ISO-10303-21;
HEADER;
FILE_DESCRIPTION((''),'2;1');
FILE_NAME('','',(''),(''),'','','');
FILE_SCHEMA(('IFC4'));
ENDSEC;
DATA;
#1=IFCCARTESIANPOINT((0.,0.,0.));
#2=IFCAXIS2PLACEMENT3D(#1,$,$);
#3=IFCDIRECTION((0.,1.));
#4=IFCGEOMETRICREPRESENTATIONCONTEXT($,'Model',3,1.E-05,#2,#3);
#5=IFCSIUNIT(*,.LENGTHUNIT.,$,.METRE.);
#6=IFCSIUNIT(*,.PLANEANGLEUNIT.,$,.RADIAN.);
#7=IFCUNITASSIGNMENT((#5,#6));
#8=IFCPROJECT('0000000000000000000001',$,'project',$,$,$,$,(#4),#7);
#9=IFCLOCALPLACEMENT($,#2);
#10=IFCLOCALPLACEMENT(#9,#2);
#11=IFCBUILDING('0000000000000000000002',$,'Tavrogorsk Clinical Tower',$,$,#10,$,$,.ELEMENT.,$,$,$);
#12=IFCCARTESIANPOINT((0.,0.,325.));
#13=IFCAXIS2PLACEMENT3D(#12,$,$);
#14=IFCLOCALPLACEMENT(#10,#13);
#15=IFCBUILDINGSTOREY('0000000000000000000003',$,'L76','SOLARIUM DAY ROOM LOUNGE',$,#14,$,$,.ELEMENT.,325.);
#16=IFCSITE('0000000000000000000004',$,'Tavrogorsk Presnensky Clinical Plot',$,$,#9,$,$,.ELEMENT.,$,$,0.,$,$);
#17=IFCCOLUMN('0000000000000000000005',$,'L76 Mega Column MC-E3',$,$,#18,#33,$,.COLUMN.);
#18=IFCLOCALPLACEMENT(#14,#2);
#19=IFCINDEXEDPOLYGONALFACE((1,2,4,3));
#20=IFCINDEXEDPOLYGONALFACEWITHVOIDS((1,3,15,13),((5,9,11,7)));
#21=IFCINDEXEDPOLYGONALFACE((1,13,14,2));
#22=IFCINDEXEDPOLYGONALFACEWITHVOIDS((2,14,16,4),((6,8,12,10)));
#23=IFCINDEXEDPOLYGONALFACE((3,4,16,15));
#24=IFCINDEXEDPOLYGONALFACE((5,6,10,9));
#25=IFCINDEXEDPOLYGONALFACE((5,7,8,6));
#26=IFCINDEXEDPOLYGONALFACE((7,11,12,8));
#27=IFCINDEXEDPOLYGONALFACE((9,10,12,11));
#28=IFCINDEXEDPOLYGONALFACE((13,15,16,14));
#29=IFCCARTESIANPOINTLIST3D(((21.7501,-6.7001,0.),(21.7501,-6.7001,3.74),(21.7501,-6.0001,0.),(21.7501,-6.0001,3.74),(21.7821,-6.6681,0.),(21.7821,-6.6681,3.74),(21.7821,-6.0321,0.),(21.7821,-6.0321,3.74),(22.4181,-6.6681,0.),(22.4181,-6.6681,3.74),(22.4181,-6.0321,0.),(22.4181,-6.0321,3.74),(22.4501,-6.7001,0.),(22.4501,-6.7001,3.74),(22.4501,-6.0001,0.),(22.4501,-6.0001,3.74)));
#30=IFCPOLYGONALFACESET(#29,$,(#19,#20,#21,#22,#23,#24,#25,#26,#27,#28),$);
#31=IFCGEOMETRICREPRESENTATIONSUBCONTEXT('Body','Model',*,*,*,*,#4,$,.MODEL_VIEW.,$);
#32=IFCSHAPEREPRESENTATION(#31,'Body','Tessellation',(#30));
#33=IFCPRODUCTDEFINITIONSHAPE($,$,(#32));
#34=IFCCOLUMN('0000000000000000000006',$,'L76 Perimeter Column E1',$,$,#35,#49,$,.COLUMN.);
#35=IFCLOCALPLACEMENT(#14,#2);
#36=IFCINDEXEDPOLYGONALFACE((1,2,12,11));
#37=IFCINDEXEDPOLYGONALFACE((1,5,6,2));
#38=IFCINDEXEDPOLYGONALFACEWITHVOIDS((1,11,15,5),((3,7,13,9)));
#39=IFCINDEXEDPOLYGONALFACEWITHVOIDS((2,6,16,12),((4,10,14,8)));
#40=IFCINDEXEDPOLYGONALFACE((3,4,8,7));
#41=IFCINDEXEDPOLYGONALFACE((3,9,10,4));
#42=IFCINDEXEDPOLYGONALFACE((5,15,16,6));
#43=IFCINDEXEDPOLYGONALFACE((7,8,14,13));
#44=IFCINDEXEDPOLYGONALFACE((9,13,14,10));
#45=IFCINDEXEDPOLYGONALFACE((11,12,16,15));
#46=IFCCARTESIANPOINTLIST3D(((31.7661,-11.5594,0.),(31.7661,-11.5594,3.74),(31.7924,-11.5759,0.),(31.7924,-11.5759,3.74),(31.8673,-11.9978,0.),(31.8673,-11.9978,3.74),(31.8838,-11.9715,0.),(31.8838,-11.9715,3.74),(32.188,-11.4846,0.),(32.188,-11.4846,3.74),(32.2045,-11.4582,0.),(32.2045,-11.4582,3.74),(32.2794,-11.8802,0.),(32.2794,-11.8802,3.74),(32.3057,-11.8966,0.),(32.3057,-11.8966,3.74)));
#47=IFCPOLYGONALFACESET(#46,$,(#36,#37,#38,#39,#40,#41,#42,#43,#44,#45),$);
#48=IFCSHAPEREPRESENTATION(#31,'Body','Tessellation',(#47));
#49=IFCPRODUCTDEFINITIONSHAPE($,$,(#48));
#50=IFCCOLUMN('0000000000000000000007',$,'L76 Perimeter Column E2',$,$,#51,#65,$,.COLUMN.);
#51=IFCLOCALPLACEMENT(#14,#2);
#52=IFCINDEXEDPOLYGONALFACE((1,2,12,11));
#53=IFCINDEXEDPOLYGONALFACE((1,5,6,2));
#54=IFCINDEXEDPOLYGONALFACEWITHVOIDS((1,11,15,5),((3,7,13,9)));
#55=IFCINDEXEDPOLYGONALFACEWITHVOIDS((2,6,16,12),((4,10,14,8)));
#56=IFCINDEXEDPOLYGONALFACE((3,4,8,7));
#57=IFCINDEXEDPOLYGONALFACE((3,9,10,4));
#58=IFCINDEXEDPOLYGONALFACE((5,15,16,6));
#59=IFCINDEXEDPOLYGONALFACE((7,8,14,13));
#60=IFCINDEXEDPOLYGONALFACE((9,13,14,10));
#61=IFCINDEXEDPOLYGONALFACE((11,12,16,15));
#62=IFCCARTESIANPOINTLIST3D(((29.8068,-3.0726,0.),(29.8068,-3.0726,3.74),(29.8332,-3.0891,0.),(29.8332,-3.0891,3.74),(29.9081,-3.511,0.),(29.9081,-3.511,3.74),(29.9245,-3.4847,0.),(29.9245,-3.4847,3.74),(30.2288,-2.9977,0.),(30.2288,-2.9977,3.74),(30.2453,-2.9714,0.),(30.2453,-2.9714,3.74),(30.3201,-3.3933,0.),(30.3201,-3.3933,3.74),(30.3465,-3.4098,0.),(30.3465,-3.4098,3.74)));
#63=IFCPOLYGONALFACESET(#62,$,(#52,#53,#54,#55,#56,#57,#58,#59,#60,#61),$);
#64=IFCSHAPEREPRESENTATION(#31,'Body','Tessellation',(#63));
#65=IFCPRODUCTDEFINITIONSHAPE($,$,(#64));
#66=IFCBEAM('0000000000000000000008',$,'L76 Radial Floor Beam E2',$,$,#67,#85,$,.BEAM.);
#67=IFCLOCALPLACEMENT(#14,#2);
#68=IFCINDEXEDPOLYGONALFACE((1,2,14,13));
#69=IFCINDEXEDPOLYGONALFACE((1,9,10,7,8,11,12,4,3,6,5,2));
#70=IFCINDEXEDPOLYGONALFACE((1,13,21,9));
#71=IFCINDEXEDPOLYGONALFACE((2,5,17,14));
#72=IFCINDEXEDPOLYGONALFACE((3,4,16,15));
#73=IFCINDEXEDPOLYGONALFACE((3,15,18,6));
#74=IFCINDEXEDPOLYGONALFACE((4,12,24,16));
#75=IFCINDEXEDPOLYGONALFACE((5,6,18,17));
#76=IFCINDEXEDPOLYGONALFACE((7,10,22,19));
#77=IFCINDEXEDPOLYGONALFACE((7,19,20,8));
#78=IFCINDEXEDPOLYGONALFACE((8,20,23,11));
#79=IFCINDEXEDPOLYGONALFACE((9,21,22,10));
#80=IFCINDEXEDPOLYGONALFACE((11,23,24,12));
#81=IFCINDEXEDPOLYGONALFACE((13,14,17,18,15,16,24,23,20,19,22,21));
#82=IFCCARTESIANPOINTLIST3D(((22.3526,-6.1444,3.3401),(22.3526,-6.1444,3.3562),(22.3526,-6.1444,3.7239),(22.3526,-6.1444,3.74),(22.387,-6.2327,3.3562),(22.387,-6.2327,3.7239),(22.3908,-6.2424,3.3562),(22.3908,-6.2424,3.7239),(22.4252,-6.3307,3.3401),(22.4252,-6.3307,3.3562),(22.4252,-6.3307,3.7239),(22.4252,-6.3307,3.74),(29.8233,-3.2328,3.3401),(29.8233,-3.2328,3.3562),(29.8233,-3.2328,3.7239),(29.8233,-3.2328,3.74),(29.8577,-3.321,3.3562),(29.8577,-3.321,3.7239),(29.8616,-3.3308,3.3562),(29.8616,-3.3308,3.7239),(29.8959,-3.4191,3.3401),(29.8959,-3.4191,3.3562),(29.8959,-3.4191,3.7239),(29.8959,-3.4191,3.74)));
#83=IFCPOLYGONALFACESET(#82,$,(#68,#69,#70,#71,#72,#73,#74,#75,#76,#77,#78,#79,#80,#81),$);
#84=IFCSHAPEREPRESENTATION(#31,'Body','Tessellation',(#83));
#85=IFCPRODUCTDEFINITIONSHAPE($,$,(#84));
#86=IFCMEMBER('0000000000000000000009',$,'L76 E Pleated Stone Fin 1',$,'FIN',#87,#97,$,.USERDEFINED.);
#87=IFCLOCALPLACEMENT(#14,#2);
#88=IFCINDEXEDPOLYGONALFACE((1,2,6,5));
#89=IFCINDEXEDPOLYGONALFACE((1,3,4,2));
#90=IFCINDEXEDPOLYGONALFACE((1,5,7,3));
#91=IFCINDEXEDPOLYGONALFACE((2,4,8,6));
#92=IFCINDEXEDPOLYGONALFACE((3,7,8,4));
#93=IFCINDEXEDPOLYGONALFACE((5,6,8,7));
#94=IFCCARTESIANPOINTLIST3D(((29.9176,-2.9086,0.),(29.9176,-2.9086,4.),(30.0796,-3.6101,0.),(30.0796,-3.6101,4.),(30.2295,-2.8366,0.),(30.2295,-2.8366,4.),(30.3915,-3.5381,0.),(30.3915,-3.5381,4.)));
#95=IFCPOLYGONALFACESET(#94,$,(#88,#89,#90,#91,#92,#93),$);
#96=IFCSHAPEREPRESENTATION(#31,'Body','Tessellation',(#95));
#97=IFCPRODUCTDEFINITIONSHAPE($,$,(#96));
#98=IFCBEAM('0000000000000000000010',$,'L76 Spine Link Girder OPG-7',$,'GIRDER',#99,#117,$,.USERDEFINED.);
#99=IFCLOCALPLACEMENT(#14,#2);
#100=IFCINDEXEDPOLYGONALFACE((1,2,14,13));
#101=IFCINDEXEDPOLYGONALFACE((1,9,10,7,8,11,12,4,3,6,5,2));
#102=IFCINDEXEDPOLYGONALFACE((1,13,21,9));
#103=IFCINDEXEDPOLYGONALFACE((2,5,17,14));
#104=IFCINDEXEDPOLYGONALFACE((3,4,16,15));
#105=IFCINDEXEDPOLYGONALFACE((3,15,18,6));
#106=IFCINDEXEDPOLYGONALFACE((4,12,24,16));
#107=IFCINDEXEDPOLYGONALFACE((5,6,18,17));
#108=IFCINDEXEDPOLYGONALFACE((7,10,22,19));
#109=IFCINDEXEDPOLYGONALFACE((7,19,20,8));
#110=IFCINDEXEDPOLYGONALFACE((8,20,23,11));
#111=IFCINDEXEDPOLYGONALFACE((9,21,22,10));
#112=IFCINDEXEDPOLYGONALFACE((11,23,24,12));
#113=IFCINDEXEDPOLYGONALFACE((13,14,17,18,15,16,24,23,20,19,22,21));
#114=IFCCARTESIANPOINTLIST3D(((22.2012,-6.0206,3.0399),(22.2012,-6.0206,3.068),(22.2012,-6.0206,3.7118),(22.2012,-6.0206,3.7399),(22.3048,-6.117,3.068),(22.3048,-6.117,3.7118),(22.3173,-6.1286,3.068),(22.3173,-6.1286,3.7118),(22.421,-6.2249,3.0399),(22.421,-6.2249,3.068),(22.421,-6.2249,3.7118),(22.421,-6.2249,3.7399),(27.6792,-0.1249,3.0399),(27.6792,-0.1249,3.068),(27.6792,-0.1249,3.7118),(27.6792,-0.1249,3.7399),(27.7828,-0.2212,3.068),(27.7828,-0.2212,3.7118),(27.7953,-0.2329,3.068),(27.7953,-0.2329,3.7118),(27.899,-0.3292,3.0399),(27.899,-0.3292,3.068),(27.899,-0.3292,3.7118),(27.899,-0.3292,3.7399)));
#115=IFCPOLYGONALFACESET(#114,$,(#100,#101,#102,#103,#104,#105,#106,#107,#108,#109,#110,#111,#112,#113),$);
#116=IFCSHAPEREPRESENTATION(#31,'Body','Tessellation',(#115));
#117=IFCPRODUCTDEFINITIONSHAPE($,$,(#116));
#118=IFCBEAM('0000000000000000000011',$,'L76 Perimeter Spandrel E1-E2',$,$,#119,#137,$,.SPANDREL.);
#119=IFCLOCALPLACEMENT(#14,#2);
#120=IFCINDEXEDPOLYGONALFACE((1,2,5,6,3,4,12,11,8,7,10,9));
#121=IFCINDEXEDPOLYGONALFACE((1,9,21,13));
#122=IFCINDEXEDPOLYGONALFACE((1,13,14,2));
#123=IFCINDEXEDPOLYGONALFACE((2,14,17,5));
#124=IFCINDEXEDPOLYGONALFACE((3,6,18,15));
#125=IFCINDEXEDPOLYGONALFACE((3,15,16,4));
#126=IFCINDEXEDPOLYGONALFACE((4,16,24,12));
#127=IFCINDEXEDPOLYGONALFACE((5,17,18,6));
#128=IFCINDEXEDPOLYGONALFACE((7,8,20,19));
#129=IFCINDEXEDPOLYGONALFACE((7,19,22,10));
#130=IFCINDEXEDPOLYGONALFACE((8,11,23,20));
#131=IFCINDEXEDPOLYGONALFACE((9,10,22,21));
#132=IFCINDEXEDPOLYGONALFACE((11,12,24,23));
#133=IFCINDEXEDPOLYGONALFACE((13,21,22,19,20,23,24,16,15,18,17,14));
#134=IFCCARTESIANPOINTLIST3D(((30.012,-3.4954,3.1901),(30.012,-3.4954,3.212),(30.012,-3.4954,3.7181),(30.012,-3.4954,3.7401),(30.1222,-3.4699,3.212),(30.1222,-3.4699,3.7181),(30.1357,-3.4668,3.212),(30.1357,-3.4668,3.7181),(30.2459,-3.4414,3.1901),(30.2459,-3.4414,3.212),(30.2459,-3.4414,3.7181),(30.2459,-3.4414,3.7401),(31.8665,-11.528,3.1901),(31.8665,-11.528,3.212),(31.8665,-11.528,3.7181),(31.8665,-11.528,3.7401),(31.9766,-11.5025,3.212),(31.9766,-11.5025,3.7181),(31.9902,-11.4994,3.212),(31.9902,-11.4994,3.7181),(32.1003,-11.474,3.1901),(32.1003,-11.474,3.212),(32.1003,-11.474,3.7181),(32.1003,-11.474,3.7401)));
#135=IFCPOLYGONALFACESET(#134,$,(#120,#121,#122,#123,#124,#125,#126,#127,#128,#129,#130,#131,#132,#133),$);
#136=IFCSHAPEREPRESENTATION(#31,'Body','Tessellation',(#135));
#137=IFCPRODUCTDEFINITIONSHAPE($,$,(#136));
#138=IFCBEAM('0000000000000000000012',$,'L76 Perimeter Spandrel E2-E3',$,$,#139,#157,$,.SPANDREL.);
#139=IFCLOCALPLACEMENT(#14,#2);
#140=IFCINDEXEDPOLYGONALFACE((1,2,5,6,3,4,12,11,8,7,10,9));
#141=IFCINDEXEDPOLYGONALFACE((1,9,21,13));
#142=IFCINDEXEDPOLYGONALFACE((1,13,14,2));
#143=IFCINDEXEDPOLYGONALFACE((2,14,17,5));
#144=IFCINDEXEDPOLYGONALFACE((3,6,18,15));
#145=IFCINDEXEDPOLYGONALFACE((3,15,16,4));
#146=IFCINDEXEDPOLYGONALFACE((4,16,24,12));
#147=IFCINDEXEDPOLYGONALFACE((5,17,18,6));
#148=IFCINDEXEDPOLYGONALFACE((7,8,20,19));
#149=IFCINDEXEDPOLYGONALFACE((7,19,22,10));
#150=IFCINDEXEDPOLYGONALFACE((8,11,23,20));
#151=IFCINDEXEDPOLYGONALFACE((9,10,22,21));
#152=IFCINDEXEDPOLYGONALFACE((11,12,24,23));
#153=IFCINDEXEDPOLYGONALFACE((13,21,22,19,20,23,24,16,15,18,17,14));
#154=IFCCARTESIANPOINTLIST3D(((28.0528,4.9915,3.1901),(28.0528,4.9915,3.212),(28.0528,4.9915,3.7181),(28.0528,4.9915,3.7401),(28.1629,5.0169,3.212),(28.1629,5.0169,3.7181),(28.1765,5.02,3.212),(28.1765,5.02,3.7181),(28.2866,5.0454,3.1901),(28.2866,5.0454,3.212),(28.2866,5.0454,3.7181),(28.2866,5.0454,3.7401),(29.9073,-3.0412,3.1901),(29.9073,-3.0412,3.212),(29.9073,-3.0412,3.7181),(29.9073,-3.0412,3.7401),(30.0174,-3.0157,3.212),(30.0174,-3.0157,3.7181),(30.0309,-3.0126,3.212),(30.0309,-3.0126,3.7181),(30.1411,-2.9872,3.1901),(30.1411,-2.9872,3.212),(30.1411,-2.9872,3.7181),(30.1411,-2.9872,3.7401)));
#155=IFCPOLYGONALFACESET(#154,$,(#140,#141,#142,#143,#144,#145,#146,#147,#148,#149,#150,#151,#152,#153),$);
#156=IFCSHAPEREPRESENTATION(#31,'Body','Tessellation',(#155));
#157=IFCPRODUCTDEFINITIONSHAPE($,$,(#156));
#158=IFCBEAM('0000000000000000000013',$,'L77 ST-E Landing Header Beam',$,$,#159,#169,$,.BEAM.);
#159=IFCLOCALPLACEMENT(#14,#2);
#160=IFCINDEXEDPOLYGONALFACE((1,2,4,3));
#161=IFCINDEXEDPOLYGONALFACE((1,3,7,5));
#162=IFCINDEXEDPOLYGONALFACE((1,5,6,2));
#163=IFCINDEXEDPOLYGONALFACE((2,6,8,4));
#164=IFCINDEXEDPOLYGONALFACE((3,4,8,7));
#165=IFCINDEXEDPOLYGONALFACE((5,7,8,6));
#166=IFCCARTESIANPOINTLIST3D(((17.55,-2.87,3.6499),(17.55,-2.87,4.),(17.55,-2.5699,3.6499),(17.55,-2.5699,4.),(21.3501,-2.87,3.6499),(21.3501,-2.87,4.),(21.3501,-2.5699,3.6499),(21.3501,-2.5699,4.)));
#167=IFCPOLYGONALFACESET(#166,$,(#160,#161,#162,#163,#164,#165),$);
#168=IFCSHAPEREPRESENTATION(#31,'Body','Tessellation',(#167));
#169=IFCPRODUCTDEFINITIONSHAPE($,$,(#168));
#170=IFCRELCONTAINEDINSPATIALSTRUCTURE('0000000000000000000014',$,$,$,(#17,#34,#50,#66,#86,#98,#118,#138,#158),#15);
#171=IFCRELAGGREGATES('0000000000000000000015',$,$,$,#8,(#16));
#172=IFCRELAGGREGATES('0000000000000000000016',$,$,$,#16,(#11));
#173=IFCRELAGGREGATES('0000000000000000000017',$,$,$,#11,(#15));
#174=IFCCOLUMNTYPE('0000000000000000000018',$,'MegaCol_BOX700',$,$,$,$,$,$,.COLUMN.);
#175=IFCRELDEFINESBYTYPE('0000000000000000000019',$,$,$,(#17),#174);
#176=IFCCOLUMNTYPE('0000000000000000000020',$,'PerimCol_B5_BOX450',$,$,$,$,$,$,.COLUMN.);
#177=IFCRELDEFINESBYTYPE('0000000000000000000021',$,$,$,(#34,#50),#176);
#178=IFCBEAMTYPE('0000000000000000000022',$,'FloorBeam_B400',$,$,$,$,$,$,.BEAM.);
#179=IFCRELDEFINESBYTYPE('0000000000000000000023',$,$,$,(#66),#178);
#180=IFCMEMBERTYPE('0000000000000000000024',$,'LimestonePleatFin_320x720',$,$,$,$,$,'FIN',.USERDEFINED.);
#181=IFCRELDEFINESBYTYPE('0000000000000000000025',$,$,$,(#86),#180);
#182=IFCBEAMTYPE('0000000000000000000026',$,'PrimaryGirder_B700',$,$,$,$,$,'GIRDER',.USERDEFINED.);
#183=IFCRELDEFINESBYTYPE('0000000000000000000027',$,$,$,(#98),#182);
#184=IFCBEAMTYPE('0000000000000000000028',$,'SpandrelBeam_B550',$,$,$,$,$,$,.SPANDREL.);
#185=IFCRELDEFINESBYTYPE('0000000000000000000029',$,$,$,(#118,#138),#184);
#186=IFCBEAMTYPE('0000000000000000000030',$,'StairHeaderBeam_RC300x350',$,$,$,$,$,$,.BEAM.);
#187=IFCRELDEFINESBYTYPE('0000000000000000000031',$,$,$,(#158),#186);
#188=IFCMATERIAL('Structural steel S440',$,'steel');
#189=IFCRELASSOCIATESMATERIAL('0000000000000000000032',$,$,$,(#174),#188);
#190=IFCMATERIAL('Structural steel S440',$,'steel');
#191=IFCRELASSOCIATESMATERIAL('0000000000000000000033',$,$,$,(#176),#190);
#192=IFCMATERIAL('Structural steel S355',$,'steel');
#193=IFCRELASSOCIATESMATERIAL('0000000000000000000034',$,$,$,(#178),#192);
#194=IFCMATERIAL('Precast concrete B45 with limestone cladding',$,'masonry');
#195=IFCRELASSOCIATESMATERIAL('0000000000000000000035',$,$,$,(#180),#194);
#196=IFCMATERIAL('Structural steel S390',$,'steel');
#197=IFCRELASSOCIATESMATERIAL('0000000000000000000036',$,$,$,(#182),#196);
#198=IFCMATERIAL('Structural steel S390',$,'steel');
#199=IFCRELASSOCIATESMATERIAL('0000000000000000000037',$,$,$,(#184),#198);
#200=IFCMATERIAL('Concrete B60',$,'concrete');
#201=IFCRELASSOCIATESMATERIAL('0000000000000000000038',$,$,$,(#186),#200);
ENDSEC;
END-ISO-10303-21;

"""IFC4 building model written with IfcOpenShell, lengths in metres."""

from ifc_helpers import new_model, si_unit, direction, frame, origin, origin_2d, place, context, subcontext, project, spatial, rectangle, hollow_rectangle, i_section, extrude, material, material_profile, profile_set, type_object, element, save


model = new_model("IFC4")

# Units and contexts
model_context = context("Model", 3, precision=1e-05, world=origin(), true_north=direction((0.0, 1.0)))
body_context = subcontext(model_context, "Body", "Model", "MODEL_VIEW")
ifc_project = project(units=[si_unit("LENGTHUNIT", "METRE"), si_unit("PLANEANGLEUNIT", "RADIAN")], contexts=[model_context])

# Site, building, storey
site_placement = place(None, origin())
site = spatial("IfcSite", under=ifc_project, at=site_placement, Name="Tavrogorsk Presnensky Clinical Plot", CompositionType="ELEMENT", RefElevation=0.0)
building_placement = place(site_placement, origin())
building = spatial("IfcBuilding", under=site, at=building_placement, Name="Tavrogorsk Clinical Tower", CompositionType="ELEMENT")
storey_placement = place(building_placement, frame((0.0, 0.0, 325.0)))
storey = spatial("IfcBuildingStorey", under=building, at=storey_placement, Name="L76", Description="SOLARIUM DAY ROOM LOUNGE", CompositionType="ELEMENT", Elevation=325.0)

# Columns
ifc_material_1 = material(Name="Structural steel S440", Category="steel")
ifc_material_profile_1 = material_profile(ifc_material_1, hollow_rectangle(XDim=0.7, YDim=0.7, WallThickness=0.032, at=origin_2d()), Name="BOX-700x700x32")
ifc_profile_set_1 = profile_set([ifc_material_profile_1], Name="Structural steel S440")
column_type_1 = type_object("IfcColumnType", Name="MegaCol_BOX700", PredefinedType="COLUMN", material=ifc_profile_set_1)
column_placement = place(storey_placement, frame((22.1001, -6.3501, 0.0), z_axis=(0.0, 0.0, 1.0), x_axis=(1.0, 0.0, 0.0)))
element("IfcColumn", 1, at=column_placement, inside=storey, type_object=column_type_1, Name="L76 Mega Column MC-E3", PredefinedType="COLUMN", context=body_context, shape_type="SweptSolid", body=[
    extrude(hollow_rectangle(XDim=0.7, YDim=0.7, WallThickness=0.032, at=origin_2d()), origin(), (0.0, 0.0, 1.0), 3.74),
])
ifc_material_2 = material(Name="Structural steel S440", Category="steel")
ifc_material_profile_2 = material_profile(ifc_material_2, hollow_rectangle(XDim=0.45, YDim=0.45, WallThickness=0.022, at=origin_2d()), Name="BOX-450x450x22")
ifc_profile_set_2 = profile_set([ifc_material_profile_2], Name="Structural steel S440")
column_type_2 = type_object("IfcColumnType", Name="PerimCol_B5_BOX450", PredefinedType="COLUMN", material=ifc_profile_set_2)
for number, where, z_axis, x_axis, name in (
    (2, (32.0359, -11.728, 0.0), (0.0, 0.0, 1.0), (0.97437, 0.224951, 0.0), "L76 Perimeter Column E1"),
    (3, (30.0767, -3.2412, 0.0), (0.0, 0.0, 1.0), (0.97437, 0.224951, 0.0), "L76 Perimeter Column E2"),
):
    element("IfcColumn", number, at=place(storey_placement, frame(where, z_axis=z_axis, x_axis=x_axis)), inside=storey, type_object=column_type_2, Name=name, PredefinedType="COLUMN", context=body_context, shape_type="SweptSolid", body=[
        extrude(hollow_rectangle(XDim=0.45, YDim=0.45, WallThickness=0.022, at=origin_2d()), origin(), (0.0, 0.0, 1.0), 3.74),
    ])

# Beam
ifc_material_3 = material(Name="Structural steel S355", Category="steel")
ifc_material_profile_3 = material_profile(ifc_material_3, i_section(OverallWidth=0.2, OverallDepth=0.3999, WebThickness=0.0105, FlangeThickness=0.0161, at=origin_2d()), Name="B-400x200x10.5x16")
ifc_profile_set_3 = profile_set([ifc_material_profile_3], Name="Structural steel S355")
beam_type_1 = type_object("IfcBeamType", Name="FloorBeam_B400", PredefinedType="BEAM", material=ifc_profile_set_3)
beam_1_placement = place(storey_placement, frame((22.3889, -6.2375, 3.54), z_axis=(0.931737, 0.363134, 0.0), x_axis=(-0.363134, 0.931737, 0.0)))
element("IfcBeam", 4, at=beam_1_placement, inside=storey, type_object=beam_type_1, Name="L76 Radial Floor Beam E2", PredefinedType="BEAM", context=body_context, shape_type="SweptSolid", body=[
    extrude(i_section(OverallWidth=0.2, OverallDepth=0.3999, WebThickness=0.0105, FlangeThickness=0.0161, at=origin_2d()), origin(), (0.0, 0.0, 1.0), 8.0181),
])

# Member
ifc_material_4 = material(Name="Precast concrete B45 with limestone cladding", Category="masonry")
ifc_material_profile_4 = material_profile(ifc_material_4, rectangle(XDim=0.3201, YDim=0.72, at=origin_2d()), Name="LIMESTONE-FIN-320x720")
ifc_profile_set_4 = profile_set([ifc_material_profile_4], Name="Precast concrete B45 with limestone cladding")
member_type = type_object("IfcMemberType", Name="LimestonePleatFin_320x720", ElementType="FIN", PredefinedType="USERDEFINED", material=ifc_profile_set_4)
member_placement = place(storey_placement, frame((30.1545, -3.2234, 0.0), z_axis=(0.0, 0.0, 1.0), x_axis=(0.97437, 0.224951, 0.0)))
element("IfcMember", 5, at=member_placement, inside=storey, type_object=member_type, Name="L76 E Pleated Stone Fin 1", ObjectType="FIN", PredefinedType="USERDEFINED", context=body_context, shape_type="SweptSolid", body=[
    extrude(rectangle(XDim=0.3201, YDim=0.72, at=origin_2d()), origin(), (0.0, 0.0, 1.0), 4.0),
])

# Beams
ifc_material_5 = material(Name="Structural steel S390", Category="steel")
ifc_material_profile_5 = material_profile(ifc_material_5, i_section(OverallWidth=0.3, OverallDepth=0.7, WebThickness=0.0171, FlangeThickness=0.0281, at=origin_2d()), Name="B-700x300x17x28")
ifc_profile_set_5 = profile_set([ifc_material_profile_5], Name="Structural steel S390")
beam_type_2 = type_object("IfcBeamType", Name="PrimaryGirder_B700", ElementType="GIRDER", PredefinedType="USERDEFINED", material=ifc_profile_set_5)
beam_2_placement = place(storey_placement, frame((27.7891, -0.2271, 3.3899), z_axis=(-0.680678, -0.732583, 0.0), x_axis=(0.732583, -0.680678, 0.0)))
element("IfcBeam", 6, at=beam_2_placement, inside=storey, type_object=beam_type_2, Name="L76 Spine Link Girder OPG-7", ObjectType="GIRDER", PredefinedType="USERDEFINED", context=body_context, shape_type="SweptSolid", body=[
    extrude(i_section(OverallWidth=0.3, OverallDepth=0.7, WebThickness=0.0171, FlangeThickness=0.0281, at=origin_2d()), origin(), (0.0, 0.0, 1.0), 8.0479),
])
ifc_material_6 = material(Name="Structural steel S390", Category="steel")
ifc_material_profile_6 = material_profile(ifc_material_6, i_section(OverallWidth=0.24, OverallDepth=0.55, WebThickness=0.0139, FlangeThickness=0.022, at=origin_2d()), Name="B-550x240x14x22")
ifc_profile_set_6 = profile_set([ifc_material_profile_6], Name="Structural steel S390")
beam_type_3 = type_object("IfcBeamType", Name="SpandrelBeam_B550", PredefinedType="SPANDREL", material=ifc_profile_set_6)
for number, where, z_axis, x_axis, name in (
    (7, (31.9834, -11.501, 3.4651), (-0.22495, 0.97437, 0.0), (-0.97437, -0.22495, 0.0), "L76 Perimeter Spandrel E1-E2"),
    (8, (30.0242, -3.0142, 3.4651), (-0.22495, 0.97437, 0.0), (-0.97437, -0.22495, 0.0), "L76 Perimeter Spandrel E2-E3"),
):
    element("IfcBeam", number, at=place(storey_placement, frame(where, z_axis=z_axis, x_axis=x_axis)), inside=storey, type_object=beam_type_3, Name=name, PredefinedType="SPANDREL", context=body_context, shape_type="SweptSolid", body=[
        extrude(i_section(OverallWidth=0.24, OverallDepth=0.55, WebThickness=0.0139, FlangeThickness=0.022, at=origin_2d()), origin(), (0.0, 0.0, 1.0), 8.2439),
    ])
ifc_material_7 = material(Name="Concrete B60", Category="concrete")
ifc_material_profile_7 = material_profile(ifc_material_7, rectangle(XDim=0.3, YDim=0.3501, at=origin_2d()), Name="RC-SHB-300x350")
ifc_profile_set_7 = profile_set([ifc_material_profile_7], Name="Concrete B60")
beam_type_4 = type_object("IfcBeamType", Name="StairHeaderBeam_RC300x350", PredefinedType="BEAM", material=ifc_profile_set_7)
beam_3_placement = place(storey_placement, frame((17.55, -2.72, 3.825), z_axis=(1.0, 0.0, 0.0), x_axis=(0.0, 1.0, 0.0)))
element("IfcBeam", 9, at=beam_3_placement, inside=storey, type_object=beam_type_4, Name="L77 ST-E Landing Header Beam", PredefinedType="BEAM", context=body_context, shape_type="SweptSolid", body=[
    extrude(rectangle(XDim=0.3, YDim=0.3501, at=origin_2d()), origin(), (0.0, 0.0, 1.0), 3.8),
])

save(model, "model.ifc")
